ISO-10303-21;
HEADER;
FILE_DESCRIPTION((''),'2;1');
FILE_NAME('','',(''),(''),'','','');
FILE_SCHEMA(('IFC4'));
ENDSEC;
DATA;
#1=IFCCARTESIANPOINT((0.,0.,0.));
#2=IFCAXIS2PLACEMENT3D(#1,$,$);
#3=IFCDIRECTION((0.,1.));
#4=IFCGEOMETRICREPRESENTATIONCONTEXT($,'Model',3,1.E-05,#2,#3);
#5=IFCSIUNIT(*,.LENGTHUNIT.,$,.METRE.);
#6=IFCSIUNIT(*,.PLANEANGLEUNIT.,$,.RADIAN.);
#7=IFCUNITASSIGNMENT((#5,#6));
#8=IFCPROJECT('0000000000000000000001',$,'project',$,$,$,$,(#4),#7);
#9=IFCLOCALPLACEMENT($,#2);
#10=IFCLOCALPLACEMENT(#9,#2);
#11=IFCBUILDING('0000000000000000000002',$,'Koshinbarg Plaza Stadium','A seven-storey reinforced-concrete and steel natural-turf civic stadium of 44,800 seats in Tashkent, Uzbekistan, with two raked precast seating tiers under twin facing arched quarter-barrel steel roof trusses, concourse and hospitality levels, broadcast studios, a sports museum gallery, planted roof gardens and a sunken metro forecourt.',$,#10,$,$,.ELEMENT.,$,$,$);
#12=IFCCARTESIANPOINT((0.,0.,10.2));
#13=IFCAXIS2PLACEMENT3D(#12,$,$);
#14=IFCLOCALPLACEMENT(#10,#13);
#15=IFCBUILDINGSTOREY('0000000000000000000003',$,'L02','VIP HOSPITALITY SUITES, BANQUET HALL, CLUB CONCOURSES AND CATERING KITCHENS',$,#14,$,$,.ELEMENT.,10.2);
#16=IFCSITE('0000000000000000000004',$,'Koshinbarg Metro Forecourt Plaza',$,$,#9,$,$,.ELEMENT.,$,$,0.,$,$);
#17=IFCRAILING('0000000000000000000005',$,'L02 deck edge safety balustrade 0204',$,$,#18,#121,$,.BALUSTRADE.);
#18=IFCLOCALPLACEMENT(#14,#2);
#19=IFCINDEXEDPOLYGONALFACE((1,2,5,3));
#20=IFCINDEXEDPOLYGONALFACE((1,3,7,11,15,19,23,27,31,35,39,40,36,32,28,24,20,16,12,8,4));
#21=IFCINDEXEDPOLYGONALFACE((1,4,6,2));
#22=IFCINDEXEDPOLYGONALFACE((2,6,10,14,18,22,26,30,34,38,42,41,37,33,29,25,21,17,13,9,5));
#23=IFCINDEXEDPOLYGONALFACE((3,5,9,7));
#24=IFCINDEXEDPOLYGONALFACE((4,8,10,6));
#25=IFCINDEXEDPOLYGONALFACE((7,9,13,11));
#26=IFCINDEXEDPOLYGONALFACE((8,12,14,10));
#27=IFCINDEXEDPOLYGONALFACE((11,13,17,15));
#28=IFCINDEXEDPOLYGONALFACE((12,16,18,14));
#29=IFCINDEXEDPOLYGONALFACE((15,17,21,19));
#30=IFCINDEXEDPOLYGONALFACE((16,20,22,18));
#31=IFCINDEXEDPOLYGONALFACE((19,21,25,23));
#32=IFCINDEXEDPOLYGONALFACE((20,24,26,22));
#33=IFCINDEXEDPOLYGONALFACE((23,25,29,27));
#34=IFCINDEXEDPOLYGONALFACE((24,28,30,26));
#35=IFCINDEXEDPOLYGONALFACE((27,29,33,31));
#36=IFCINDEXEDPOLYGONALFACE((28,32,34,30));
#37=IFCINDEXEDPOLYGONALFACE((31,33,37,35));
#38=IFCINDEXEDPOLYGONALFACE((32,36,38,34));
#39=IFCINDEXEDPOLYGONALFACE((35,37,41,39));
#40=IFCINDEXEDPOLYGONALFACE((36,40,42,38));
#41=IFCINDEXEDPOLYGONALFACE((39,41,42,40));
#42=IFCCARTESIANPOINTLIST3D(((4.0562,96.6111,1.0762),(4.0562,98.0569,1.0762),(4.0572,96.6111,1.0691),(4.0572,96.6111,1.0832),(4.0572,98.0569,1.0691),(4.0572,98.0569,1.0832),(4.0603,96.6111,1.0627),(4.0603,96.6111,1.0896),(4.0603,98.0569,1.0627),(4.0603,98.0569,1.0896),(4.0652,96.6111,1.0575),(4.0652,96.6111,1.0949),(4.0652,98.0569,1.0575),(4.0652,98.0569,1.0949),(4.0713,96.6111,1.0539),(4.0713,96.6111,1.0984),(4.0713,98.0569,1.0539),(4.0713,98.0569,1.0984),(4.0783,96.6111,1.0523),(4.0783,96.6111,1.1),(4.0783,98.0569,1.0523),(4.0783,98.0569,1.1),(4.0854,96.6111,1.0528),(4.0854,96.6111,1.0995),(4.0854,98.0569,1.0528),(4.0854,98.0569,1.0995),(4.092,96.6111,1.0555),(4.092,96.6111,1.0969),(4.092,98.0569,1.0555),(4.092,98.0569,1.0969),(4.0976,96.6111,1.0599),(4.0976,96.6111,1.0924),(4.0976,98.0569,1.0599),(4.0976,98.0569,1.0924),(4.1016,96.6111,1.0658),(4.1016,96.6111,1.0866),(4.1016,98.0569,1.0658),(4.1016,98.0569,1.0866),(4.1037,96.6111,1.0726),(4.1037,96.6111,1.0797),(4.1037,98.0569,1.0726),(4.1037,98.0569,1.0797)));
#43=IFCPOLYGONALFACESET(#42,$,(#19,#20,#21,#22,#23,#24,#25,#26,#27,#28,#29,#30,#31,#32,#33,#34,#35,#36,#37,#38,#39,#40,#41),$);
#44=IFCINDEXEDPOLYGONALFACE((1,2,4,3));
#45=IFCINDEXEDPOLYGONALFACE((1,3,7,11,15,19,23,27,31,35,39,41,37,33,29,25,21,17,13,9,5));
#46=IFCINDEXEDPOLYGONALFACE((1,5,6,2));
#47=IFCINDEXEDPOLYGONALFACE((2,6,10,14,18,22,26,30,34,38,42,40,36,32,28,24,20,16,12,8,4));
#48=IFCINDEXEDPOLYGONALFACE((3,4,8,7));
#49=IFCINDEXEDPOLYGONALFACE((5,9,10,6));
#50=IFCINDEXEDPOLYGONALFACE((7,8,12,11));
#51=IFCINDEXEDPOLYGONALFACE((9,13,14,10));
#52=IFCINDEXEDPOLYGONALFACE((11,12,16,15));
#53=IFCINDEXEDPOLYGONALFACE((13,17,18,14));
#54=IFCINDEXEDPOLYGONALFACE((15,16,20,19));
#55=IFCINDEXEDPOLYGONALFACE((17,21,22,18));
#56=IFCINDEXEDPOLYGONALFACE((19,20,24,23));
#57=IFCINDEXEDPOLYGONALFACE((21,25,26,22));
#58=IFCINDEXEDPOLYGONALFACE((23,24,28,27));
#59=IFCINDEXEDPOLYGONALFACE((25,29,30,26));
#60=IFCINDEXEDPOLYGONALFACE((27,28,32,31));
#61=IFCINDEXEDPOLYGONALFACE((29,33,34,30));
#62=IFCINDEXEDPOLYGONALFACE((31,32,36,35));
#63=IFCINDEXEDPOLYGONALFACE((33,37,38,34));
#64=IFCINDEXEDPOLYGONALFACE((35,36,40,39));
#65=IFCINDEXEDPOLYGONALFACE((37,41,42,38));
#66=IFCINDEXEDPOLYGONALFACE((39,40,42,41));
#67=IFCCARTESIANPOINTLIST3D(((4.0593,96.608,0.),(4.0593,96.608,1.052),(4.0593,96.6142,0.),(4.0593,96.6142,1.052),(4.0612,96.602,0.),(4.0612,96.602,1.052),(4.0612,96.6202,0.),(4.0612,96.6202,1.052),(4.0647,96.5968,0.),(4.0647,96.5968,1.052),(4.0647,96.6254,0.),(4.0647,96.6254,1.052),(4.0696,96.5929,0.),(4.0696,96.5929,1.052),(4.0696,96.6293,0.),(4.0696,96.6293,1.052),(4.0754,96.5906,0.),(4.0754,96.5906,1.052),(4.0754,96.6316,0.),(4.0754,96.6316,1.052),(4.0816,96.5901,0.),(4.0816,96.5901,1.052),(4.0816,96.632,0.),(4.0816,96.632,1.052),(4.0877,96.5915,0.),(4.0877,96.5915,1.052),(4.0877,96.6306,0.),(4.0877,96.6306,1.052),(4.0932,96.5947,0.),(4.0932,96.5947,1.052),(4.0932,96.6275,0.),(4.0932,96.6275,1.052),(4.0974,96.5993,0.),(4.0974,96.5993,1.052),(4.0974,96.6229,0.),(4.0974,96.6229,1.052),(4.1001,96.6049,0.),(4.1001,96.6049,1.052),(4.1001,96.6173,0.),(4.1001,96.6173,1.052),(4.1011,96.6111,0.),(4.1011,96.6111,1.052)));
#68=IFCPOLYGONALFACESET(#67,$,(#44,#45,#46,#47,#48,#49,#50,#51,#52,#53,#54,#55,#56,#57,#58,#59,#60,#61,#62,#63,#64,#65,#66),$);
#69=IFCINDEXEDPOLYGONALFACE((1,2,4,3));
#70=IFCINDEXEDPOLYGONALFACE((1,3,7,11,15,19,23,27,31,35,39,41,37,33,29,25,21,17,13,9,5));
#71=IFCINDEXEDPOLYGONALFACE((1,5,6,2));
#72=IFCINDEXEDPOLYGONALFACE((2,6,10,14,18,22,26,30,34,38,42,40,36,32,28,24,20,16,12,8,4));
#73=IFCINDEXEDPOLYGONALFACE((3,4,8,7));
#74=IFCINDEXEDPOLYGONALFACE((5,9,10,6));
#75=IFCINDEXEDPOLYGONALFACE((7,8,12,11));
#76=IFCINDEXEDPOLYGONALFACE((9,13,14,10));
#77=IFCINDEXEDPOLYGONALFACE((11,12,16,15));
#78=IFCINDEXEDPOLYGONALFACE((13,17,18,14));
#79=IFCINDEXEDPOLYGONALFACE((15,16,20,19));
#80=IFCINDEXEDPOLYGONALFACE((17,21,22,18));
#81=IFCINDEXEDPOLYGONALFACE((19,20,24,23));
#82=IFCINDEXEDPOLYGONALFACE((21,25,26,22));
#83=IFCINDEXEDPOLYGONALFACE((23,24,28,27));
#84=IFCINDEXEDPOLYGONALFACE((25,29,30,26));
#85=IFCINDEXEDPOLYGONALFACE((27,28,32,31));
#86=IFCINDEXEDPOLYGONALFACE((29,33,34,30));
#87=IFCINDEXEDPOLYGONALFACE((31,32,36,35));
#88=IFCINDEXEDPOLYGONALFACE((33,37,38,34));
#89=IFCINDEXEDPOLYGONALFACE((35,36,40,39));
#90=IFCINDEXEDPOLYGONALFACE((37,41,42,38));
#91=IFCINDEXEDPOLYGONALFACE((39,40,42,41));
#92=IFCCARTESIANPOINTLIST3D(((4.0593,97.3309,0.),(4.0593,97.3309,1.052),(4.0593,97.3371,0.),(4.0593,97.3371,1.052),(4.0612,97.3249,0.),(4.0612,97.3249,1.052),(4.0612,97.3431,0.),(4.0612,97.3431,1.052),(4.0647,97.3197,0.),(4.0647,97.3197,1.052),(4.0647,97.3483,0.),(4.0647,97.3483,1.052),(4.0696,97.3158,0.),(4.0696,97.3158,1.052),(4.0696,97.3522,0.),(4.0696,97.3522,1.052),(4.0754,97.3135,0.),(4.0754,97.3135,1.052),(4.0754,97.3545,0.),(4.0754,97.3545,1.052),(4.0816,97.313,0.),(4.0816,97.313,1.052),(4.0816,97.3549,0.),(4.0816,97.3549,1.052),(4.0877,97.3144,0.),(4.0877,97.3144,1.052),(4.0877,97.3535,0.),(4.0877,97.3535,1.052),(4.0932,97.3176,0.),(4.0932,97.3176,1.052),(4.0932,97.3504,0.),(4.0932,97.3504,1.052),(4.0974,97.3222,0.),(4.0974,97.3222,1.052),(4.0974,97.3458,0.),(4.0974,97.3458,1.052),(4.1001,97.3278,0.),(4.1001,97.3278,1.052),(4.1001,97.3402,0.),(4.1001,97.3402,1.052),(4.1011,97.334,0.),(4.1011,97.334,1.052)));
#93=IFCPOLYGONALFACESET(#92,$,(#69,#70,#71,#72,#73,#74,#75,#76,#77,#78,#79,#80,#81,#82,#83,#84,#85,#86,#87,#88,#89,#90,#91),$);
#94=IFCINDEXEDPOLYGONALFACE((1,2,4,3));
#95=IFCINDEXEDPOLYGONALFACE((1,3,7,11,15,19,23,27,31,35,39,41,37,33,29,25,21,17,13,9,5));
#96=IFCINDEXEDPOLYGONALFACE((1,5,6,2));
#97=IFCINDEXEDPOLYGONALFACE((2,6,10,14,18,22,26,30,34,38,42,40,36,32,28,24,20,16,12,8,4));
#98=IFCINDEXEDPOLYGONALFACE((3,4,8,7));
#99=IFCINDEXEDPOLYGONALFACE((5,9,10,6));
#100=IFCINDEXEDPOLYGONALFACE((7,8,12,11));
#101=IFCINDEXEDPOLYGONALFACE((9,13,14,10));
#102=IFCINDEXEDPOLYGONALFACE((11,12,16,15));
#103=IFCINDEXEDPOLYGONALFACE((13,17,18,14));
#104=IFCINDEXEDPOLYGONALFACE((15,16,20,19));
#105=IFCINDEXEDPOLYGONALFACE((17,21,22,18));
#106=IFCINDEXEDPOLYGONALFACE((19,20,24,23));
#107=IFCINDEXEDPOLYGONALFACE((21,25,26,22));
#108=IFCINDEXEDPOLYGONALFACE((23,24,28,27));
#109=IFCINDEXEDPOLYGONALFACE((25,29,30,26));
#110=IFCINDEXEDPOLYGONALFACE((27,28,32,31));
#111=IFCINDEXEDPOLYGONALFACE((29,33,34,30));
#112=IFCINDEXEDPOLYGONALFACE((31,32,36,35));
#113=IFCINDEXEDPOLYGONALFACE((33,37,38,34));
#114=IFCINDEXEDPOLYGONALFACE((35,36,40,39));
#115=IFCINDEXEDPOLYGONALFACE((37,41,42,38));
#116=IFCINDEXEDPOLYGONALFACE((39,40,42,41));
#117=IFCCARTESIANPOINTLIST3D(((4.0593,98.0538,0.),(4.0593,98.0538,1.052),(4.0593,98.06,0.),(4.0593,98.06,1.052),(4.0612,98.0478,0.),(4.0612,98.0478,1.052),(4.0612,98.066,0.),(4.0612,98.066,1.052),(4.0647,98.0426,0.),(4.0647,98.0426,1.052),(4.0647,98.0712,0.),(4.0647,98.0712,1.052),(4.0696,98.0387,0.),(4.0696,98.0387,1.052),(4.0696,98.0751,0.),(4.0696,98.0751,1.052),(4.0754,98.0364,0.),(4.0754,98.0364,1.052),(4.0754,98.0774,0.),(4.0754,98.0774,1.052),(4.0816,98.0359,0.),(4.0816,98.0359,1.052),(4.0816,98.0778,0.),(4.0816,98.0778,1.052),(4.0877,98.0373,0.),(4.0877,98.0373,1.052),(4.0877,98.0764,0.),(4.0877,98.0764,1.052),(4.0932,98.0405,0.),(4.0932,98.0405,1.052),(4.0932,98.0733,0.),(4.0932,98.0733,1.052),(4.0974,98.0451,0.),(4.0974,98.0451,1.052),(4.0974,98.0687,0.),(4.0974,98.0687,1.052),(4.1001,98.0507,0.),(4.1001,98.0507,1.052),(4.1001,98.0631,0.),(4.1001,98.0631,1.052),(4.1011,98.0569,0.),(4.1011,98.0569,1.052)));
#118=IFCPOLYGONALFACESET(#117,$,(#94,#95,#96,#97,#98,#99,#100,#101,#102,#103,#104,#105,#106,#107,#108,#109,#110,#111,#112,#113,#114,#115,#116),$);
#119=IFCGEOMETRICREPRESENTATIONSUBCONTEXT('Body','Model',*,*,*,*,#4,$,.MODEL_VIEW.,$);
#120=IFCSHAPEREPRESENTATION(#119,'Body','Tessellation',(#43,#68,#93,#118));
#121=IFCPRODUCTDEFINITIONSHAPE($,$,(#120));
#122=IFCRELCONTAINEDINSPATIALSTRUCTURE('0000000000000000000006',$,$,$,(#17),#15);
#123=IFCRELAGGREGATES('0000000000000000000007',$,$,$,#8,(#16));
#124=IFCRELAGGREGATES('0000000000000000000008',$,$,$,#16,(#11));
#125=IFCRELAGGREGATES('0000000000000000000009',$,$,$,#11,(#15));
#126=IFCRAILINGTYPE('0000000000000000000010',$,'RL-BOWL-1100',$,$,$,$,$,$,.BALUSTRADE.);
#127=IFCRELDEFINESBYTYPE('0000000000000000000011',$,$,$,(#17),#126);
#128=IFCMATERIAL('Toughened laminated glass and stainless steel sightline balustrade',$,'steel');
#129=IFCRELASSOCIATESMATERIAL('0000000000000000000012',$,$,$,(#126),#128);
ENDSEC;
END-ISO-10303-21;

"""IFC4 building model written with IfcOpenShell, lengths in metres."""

from ifc_helpers import new_model, si_unit, direction, frame, origin, origin_2d, place, context, subcontext, project, spatial, circle, extrude, material, type_object, element, save


model = new_model("IFC4")

# Units and contexts
model_context = context("Model", 3, precision=1e-05, world=origin(), true_north=direction((0.0, 1.0)))
body_context = subcontext(model_context, "Body", "Model", "MODEL_VIEW")
ifc_project = project(units=[si_unit("LENGTHUNIT", "METRE"), si_unit("PLANEANGLEUNIT", "RADIAN")], contexts=[model_context])

# Site, building, storey
site_placement = place(None, origin())
site = spatial("IfcSite", under=ifc_project, at=site_placement, Name="Koshinbarg Metro Forecourt Plaza", CompositionType="ELEMENT", RefElevation=0.0)
building_placement = place(site_placement, origin())
building = spatial("IfcBuilding", under=site, at=building_placement, Name="Koshinbarg Plaza Stadium", Description="A seven-storey reinforced-concrete and steel natural-turf civic stadium of 44,800 seats in Tashkent, Uzbekistan, with two raked precast seating tiers under twin facing arched quarter-barrel steel roof trusses, concourse and hospitality levels, broadcast studios, a sports museum gallery, planted roof gardens and a sunken metro forecourt.", CompositionType="ELEMENT")
storey_placement = place(building_placement, frame((0.0, 0.0, 10.2)))
storey = spatial("IfcBuildingStorey", under=building, at=storey_placement, Name="L02", Description="VIP HOSPITALITY SUITES, BANQUET HALL, CLUB CONCOURSES AND CATERING KITCHENS", CompositionType="ELEMENT", Elevation=10.2)

# Railing
ifc_material_1 = material(Name="Toughened laminated glass and stainless steel sightline balustrade", Category="steel")
railing_type = type_object("IfcRailingType", Name="RL-BOWL-1100", PredefinedType="BALUSTRADE", material=ifc_material_1)
railing_1_placement = place(storey_placement, frame((4.0801, 96.6111, 0.0)))
element("IfcRailing", 1, at=railing_1_placement, inside=storey, type_object=railing_type, Name="L02 deck edge safety balustrade 0204", PredefinedType="BALUSTRADE", context=body_context, shape_type="SweptSolid", body=[
    extrude(circle(Radius=0.0239, at=origin_2d()), frame((0.0, 0.0, 1.0762), z_axis=(0.0, 1.0, 0.0), x_axis=(-1.0, 0.0, 0.0)), (0.0, 0.0, 1.0), 1.4458),
    extrude(circle(Radius=0.021, at=origin_2d()), origin(), (0.0, 0.0, 1.0), 1.052),
    extrude(circle(Radius=0.021, at=origin_2d()), frame((0.0, 0.7229, 0.0)), (0.0, 0.0, 1.0), 1.052),
    extrude(circle(Radius=0.021, at=origin_2d()), frame((0.0, 1.4458, 0.0)), (0.0, 0.0, 1.0), 1.052),
])

save(model, "model.ifc")
